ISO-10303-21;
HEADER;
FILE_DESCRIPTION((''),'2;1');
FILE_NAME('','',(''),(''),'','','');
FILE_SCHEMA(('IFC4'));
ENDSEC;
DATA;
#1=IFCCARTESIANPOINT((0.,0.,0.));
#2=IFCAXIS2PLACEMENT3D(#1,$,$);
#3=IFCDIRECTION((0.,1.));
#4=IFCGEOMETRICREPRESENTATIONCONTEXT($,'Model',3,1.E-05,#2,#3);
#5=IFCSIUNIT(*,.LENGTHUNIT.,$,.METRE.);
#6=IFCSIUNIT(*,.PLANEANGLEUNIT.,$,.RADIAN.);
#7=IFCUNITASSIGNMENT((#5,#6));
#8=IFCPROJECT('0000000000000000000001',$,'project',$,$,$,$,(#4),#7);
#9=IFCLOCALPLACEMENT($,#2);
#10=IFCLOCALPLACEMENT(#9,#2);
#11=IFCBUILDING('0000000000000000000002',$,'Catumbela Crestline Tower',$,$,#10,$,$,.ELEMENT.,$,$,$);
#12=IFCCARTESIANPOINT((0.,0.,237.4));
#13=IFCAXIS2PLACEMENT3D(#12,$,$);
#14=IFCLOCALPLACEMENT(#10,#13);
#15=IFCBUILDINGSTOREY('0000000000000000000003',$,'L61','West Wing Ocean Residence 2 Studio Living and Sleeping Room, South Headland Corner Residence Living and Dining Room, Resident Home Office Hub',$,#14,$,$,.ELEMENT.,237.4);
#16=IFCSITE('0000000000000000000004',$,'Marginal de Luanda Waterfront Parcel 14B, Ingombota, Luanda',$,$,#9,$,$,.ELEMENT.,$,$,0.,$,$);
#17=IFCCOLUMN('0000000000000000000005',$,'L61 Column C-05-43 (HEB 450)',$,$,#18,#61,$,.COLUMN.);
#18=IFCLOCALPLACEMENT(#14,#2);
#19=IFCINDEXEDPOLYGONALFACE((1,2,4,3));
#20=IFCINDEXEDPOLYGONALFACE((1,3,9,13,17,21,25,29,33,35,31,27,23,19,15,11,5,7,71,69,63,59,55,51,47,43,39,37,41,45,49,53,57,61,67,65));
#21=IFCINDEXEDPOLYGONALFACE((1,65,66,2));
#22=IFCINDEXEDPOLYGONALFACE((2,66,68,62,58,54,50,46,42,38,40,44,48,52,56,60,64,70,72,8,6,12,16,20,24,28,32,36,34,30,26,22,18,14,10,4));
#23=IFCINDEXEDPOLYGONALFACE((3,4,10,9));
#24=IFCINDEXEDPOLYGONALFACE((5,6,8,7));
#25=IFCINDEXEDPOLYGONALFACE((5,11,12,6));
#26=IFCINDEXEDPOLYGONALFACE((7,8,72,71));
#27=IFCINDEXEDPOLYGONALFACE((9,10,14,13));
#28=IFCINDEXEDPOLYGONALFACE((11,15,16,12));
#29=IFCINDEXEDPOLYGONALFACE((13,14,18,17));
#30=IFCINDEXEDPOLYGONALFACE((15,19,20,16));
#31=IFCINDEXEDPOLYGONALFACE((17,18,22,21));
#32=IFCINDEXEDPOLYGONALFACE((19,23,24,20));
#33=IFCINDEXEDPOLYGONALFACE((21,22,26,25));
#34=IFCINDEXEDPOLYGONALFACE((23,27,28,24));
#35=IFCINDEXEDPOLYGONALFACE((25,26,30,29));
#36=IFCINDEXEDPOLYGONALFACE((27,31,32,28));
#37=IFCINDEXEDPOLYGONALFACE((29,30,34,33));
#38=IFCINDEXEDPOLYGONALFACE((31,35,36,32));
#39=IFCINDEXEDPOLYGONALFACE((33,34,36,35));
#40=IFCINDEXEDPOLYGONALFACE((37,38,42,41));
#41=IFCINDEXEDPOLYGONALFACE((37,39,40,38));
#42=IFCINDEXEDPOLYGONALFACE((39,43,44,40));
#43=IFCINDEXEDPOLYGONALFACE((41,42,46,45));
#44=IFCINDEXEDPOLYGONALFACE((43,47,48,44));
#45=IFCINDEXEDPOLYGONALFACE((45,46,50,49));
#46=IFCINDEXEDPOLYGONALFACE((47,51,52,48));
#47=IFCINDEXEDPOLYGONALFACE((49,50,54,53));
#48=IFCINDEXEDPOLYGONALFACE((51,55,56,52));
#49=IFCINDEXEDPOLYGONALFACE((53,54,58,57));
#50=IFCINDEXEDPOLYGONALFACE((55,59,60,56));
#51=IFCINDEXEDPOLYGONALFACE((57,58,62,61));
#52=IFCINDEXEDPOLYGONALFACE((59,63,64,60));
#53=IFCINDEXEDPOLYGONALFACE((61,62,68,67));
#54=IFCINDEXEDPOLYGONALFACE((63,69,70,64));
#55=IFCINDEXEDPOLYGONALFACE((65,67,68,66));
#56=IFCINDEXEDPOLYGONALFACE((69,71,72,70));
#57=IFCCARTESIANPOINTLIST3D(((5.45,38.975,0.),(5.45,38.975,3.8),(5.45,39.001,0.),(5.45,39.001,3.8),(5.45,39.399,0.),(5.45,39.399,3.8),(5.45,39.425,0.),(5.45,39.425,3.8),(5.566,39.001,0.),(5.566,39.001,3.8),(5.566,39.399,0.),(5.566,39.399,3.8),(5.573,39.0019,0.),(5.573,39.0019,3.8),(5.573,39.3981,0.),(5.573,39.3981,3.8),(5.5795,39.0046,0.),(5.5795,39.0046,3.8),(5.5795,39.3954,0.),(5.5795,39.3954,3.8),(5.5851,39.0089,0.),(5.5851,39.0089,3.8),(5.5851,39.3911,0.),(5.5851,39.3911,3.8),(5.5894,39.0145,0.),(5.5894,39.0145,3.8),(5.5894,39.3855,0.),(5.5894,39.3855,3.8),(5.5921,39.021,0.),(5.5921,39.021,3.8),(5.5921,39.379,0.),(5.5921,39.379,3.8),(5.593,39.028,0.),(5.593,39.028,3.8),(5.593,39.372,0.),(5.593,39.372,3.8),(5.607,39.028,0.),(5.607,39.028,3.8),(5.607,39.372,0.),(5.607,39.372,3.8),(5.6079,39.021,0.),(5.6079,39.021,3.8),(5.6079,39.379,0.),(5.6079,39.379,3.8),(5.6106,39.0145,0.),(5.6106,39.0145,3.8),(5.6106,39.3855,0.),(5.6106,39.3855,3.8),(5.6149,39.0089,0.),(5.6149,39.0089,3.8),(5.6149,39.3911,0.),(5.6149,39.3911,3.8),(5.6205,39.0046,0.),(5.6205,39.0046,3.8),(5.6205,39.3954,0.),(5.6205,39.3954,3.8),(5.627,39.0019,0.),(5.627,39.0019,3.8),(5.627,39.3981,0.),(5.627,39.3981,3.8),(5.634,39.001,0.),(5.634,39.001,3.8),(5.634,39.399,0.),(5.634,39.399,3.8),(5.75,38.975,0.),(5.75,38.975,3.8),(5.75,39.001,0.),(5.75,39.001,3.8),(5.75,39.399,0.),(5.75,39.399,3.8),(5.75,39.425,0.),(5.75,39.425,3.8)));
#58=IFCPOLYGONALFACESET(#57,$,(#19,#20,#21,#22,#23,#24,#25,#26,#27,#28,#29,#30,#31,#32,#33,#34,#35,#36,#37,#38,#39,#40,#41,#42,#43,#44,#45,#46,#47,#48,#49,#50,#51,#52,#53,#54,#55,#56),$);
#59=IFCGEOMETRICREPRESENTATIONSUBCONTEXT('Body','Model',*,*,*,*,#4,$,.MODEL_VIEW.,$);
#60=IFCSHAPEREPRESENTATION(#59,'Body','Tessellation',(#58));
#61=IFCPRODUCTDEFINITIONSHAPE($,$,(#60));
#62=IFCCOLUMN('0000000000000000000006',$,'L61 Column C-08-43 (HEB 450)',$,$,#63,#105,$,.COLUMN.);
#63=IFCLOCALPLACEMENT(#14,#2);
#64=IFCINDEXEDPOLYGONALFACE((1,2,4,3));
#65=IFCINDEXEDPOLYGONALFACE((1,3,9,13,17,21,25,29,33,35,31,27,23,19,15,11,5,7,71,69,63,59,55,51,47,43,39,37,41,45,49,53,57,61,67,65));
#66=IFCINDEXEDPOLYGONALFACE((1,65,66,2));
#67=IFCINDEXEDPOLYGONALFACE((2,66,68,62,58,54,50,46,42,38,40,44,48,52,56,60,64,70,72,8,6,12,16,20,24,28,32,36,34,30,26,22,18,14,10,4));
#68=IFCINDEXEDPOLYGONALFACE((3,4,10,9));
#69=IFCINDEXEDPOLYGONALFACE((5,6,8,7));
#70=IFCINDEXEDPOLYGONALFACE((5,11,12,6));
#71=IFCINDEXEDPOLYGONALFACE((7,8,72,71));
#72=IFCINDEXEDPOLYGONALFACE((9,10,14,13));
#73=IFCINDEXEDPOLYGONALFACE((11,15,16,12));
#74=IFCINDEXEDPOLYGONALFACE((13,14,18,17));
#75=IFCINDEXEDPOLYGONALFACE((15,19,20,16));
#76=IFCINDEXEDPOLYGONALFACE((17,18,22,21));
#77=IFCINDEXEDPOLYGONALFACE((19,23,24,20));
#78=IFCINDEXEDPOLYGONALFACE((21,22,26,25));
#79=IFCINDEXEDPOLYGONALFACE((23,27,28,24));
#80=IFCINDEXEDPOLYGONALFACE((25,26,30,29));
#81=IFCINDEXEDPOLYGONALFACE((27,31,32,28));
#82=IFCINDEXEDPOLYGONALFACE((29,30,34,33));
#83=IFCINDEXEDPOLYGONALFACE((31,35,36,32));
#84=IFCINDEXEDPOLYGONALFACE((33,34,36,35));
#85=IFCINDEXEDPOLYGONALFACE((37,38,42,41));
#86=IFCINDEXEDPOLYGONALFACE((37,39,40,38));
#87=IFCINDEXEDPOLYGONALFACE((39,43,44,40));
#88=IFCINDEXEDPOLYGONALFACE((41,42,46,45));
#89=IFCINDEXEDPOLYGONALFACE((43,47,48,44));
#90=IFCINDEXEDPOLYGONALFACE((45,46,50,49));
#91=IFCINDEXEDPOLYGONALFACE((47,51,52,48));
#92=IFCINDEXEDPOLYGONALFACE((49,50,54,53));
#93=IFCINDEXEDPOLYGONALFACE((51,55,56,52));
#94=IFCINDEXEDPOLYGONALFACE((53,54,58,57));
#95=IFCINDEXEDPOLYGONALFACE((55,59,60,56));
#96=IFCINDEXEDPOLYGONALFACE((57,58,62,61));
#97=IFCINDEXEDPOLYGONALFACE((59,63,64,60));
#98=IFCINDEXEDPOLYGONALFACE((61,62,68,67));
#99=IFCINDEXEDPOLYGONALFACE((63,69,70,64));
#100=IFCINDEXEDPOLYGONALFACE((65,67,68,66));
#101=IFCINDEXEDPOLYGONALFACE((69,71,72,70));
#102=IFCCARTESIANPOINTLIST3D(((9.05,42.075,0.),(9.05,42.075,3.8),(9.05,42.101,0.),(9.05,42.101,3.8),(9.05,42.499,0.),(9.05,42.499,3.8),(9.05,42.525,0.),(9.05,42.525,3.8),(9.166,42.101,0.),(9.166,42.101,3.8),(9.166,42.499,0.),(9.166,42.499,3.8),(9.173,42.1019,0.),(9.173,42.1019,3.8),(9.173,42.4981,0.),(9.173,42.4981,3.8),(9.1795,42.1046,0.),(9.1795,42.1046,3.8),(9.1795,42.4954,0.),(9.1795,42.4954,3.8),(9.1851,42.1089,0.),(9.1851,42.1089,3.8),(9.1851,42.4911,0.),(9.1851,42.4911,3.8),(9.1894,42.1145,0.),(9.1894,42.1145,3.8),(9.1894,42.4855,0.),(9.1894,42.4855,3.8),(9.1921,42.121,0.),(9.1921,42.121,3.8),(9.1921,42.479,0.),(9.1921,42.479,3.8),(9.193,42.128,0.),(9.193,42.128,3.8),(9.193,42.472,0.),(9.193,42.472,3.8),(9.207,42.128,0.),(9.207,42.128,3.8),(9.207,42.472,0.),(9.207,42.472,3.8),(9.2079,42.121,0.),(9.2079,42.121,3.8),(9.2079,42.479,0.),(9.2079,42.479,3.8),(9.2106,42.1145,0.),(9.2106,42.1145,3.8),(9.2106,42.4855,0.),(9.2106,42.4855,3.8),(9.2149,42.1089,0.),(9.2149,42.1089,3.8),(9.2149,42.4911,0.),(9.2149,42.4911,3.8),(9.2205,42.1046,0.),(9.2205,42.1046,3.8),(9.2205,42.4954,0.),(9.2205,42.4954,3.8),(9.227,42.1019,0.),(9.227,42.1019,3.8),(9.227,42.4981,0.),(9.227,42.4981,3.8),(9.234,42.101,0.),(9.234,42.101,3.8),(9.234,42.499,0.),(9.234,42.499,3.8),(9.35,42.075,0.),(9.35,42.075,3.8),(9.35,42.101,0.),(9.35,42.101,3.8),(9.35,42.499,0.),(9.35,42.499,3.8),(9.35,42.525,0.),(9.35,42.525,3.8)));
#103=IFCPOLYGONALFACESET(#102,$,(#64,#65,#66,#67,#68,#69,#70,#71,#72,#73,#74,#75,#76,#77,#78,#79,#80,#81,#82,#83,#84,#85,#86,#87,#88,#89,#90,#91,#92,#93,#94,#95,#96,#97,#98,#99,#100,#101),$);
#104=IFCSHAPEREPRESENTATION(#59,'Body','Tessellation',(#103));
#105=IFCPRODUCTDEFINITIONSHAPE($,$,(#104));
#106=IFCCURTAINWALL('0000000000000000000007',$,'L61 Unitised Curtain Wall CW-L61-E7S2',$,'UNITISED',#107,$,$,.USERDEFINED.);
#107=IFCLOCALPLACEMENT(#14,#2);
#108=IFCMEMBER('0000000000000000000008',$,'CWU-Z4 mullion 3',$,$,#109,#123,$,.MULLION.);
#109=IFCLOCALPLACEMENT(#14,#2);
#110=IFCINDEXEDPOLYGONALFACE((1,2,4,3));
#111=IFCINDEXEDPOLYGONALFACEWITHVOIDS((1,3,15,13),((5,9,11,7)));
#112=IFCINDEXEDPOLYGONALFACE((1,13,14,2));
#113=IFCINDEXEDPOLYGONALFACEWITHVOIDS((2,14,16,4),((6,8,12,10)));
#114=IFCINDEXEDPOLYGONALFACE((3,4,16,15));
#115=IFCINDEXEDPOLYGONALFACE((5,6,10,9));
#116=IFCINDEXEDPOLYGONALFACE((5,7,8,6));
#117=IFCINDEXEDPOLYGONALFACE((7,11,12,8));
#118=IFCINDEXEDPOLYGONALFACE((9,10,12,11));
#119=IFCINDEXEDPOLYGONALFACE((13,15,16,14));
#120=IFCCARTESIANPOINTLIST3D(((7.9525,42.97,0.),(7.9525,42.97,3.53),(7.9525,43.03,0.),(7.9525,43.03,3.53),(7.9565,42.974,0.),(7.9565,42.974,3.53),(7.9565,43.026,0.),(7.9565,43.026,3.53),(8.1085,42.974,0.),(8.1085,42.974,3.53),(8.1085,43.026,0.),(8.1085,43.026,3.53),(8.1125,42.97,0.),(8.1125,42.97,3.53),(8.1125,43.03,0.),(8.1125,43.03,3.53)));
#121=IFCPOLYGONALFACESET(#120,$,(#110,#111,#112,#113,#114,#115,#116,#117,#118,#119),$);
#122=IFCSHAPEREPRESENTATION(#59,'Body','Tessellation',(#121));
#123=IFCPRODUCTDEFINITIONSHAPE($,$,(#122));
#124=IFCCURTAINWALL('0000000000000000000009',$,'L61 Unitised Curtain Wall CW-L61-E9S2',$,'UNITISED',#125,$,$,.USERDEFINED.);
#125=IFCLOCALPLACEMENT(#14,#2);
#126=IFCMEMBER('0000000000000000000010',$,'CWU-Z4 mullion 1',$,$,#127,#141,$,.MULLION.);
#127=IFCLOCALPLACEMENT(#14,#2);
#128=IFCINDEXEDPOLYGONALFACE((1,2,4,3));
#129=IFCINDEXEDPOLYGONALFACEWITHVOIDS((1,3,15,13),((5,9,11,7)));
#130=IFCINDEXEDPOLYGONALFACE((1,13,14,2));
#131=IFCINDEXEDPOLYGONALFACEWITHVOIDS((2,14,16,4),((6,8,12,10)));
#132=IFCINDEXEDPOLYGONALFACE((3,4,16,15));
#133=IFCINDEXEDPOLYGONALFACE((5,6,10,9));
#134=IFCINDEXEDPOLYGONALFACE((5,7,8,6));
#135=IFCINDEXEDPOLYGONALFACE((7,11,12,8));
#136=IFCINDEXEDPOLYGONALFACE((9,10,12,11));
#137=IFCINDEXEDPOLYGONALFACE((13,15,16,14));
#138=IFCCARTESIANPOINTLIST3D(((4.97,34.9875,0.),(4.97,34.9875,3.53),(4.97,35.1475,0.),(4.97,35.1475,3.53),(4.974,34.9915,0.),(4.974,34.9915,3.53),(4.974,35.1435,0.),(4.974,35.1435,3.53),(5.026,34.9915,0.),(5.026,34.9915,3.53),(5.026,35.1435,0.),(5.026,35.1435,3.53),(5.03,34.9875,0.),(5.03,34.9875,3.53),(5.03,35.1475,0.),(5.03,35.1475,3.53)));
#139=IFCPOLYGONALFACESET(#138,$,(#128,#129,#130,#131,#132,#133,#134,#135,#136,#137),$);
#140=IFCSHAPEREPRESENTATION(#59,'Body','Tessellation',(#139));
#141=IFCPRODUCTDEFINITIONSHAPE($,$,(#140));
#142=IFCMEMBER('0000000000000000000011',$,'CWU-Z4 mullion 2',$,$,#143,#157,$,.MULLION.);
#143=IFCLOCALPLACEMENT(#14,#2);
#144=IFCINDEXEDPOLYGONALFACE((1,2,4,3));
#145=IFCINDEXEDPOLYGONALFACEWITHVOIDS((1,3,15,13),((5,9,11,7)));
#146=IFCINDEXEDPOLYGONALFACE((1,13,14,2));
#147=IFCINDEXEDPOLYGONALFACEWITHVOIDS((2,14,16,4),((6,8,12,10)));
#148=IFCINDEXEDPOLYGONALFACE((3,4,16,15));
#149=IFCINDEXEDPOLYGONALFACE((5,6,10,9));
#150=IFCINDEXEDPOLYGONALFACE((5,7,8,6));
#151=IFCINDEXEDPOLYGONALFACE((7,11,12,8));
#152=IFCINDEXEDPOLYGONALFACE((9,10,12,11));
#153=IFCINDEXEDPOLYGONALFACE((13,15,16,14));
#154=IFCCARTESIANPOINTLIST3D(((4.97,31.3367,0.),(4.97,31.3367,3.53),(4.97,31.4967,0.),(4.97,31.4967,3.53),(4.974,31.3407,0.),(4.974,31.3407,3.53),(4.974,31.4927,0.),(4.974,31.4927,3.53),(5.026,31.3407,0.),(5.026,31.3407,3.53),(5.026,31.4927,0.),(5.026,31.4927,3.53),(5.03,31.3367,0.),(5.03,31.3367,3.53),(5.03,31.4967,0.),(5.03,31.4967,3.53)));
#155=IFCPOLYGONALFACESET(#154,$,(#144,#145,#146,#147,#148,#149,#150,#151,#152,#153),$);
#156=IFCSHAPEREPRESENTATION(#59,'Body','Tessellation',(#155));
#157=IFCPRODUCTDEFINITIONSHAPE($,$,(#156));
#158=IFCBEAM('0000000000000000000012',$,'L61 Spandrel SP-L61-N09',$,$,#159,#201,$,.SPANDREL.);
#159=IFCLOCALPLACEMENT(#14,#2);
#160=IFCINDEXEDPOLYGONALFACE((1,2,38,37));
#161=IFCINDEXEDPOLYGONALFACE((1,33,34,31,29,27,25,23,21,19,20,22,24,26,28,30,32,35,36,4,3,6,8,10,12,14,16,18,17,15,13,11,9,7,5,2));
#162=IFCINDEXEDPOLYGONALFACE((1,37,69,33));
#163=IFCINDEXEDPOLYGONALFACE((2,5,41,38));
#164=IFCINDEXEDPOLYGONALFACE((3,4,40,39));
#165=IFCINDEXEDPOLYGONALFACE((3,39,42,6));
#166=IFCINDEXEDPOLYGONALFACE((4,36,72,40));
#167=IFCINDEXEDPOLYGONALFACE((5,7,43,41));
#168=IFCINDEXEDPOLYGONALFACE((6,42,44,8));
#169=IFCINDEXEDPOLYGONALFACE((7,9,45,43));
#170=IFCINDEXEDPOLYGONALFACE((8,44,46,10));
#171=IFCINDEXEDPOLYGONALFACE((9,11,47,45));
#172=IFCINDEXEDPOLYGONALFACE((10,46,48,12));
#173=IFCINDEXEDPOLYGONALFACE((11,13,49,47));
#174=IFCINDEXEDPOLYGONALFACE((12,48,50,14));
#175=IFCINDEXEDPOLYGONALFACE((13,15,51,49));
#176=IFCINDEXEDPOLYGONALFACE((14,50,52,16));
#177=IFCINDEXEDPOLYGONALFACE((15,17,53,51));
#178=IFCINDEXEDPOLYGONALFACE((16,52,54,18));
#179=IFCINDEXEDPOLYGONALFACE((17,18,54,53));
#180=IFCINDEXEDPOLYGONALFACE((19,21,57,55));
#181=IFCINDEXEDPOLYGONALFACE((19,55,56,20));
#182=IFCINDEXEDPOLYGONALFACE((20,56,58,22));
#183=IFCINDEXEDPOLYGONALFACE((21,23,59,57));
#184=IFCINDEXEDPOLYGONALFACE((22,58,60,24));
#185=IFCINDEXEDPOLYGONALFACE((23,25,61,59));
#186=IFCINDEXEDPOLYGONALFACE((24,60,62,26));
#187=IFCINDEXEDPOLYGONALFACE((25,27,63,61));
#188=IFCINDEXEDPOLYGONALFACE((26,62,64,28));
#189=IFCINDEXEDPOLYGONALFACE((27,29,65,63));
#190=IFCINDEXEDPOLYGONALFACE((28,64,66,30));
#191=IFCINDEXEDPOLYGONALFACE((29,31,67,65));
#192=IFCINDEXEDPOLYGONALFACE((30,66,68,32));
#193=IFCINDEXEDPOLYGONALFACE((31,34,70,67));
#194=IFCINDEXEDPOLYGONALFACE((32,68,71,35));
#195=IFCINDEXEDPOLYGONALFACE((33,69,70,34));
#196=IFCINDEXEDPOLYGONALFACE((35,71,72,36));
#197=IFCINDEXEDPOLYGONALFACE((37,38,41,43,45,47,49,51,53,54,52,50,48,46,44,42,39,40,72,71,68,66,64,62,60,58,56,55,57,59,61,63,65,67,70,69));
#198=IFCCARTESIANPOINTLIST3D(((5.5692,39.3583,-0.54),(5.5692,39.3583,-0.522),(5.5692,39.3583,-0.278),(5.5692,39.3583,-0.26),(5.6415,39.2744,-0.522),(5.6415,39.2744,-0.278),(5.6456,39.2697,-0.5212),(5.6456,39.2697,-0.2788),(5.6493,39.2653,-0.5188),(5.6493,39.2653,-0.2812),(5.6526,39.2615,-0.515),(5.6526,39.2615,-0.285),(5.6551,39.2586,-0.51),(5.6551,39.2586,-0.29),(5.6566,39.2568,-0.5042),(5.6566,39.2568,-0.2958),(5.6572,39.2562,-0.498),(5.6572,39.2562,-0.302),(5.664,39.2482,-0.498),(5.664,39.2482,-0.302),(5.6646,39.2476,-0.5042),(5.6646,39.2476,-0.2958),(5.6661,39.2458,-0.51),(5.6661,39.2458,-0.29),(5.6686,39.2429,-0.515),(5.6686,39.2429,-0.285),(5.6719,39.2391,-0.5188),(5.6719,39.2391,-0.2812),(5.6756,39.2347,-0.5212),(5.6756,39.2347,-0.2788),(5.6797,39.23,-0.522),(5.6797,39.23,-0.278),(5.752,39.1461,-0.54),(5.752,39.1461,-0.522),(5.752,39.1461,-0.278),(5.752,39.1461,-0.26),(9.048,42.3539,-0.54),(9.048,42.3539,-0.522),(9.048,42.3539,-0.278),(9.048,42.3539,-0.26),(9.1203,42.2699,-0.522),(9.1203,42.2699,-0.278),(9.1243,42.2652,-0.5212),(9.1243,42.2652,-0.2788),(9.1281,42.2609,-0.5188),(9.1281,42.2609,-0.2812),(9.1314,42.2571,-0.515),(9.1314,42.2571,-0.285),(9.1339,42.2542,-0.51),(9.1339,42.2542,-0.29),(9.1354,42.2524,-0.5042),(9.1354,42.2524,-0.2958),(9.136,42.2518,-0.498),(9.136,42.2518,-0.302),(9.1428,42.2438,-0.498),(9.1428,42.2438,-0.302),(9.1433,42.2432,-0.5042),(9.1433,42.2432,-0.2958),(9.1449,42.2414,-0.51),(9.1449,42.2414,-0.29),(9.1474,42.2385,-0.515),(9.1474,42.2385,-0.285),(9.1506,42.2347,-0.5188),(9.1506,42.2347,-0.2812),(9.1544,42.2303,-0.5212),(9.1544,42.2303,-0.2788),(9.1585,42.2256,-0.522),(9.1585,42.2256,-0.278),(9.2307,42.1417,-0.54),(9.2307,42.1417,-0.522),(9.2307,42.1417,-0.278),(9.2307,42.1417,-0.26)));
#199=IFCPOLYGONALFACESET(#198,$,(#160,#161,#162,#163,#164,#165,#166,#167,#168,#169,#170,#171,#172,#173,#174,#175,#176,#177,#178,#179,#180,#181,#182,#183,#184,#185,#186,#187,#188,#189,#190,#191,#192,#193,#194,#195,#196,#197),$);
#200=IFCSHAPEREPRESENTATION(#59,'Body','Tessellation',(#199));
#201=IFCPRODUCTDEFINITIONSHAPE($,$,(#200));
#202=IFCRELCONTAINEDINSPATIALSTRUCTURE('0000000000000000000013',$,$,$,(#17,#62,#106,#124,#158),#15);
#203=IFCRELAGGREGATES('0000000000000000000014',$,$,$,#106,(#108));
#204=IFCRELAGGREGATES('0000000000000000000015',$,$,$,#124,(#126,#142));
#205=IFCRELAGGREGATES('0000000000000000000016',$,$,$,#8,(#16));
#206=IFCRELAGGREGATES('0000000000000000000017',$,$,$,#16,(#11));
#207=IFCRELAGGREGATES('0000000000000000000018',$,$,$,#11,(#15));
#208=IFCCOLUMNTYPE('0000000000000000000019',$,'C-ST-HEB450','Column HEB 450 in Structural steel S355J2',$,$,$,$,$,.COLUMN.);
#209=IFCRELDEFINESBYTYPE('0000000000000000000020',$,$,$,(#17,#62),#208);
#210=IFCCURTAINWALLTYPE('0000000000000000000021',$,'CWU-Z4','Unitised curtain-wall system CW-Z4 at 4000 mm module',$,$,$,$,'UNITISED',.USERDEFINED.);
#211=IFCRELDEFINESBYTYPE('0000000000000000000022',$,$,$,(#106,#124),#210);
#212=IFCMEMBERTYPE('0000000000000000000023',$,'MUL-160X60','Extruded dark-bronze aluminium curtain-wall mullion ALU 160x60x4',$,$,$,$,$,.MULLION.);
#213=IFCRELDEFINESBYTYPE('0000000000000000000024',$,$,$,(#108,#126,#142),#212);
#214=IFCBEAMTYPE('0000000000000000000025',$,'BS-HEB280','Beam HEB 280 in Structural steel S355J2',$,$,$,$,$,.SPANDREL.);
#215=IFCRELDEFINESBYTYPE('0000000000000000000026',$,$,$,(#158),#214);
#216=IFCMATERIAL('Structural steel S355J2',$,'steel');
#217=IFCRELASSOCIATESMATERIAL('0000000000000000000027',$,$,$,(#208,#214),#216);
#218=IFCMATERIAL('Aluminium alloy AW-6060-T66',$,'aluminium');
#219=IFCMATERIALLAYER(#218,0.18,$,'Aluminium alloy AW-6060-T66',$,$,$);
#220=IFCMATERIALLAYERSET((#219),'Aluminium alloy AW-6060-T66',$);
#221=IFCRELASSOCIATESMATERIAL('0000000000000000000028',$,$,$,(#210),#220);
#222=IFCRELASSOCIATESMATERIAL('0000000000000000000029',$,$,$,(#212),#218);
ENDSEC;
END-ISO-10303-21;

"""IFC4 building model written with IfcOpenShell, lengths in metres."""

from ifc_helpers import new_model, si_unit, direction, frame, origin, origin_2d, place, context, subcontext, project, spatial, hollow_rectangle, i_section, extrude, material, layer, layer_set, material_profile, profile_set, type_object, element, aggregate, save


model = new_model("IFC4")

# Units and contexts
model_context = context("Model", 3, precision=1e-05, world=origin(), true_north=direction((0.0, 1.0)))
body_context = subcontext(model_context, "Body", "Model", "MODEL_VIEW")
ifc_project = project(units=[si_unit("LENGTHUNIT", "METRE"), si_unit("PLANEANGLEUNIT", "RADIAN")], contexts=[model_context])

# Site, building, storey
site_placement = place(None, origin())
site = spatial("IfcSite", under=ifc_project, at=site_placement, Name="Marginal de Luanda Waterfront Parcel 14B, Ingombota, Luanda", CompositionType="ELEMENT", RefElevation=0.0)
building_placement = place(site_placement, origin())
building = spatial("IfcBuilding", under=site, at=building_placement, Name="Catumbela Crestline Tower", CompositionType="ELEMENT")
storey_placement = place(building_placement, frame((0.0, 0.0, 237.4)))
storey = spatial("IfcBuildingStorey", under=building, at=storey_placement, Name="L61", Description="West Wing Ocean Residence 2 Studio Living and Sleeping Room, South Headland Corner Residence Living and Dining Room, Resident Home Office Hub", CompositionType="ELEMENT", Elevation=237.4)

# Columns
ifc_material_1 = material(Name="Structural steel S355J2", Category="steel")
ifc_material_profile_1 = material_profile(ifc_material_1, i_section(OverallWidth=0.3, OverallDepth=0.45, WebThickness=0.014, FlangeThickness=0.026, FilletRadius=0.027, at=origin_2d()), Name="HEB 450")
ifc_profile_set_1 = profile_set([ifc_material_profile_1], Name="Structural steel S355J2")
column_type = type_object("IfcColumnType", Name="C-ST-HEB450", Description="Column HEB 450 in Structural steel S355J2", PredefinedType="COLUMN", material=ifc_profile_set_1)
for number, where, z_axis, x_axis, name in (
    (1, (5.6, 39.2, 0.0), (0.0, 0.0, 1.0), (1.0, 0.0, 0.0), "L61 Column C-05-43 (HEB 450)"),
    (2, (9.2, 42.3, 0.0), (0.0, 0.0, 1.0), (1.0, 0.0, 0.0), "L61 Column C-08-43 (HEB 450)"),
):
    element("IfcColumn", number, at=place(storey_placement, frame(where, z_axis=z_axis, x_axis=x_axis)), inside=storey, type_object=column_type, Name=name, PredefinedType="COLUMN", context=body_context, shape_type="SweptSolid", body=[
        extrude(i_section(OverallWidth=0.3, OverallDepth=0.45, WebThickness=0.014, FlangeThickness=0.026, FilletRadius=0.027, at=origin_2d()), origin(), (0.0, 0.0, 1.0), 3.8),
    ])

# Curtain wall, member
ifc_material_2 = material(Name="Aluminium alloy AW-6060-T66", Category="aluminium")
ifc_layer_1 = layer(ifc_material_2, 0.18, Name="Aluminium alloy AW-6060-T66")
ifc_layer_set_1 = layer_set([ifc_layer_1], Name="Aluminium alloy AW-6060-T66")
curtain_wall_type = type_object("IfcCurtainWallType", Name="CWU-Z4", Description="Unitised curtain-wall system CW-Z4 at 4000 mm module", ElementType="UNITISED", PredefinedType="USERDEFINED", material=ifc_layer_set_1)
curtain_wall_1_placement = place(storey_placement, origin())
curtain_wall_1 = element("IfcCurtainWall", 3, at=curtain_wall_1_placement, inside=storey, type_object=curtain_wall_type, Name="L61 Unitised Curtain Wall CW-L61-E7S2", ObjectType="UNITISED", PredefinedType="USERDEFINED")
ifc_material_profile_2 = material_profile(ifc_material_2, hollow_rectangle(XDim=0.06, YDim=0.16, WallThickness=0.004, at=origin_2d()), Name="ALU 160x60x4")
ifc_profile_set_2 = profile_set([ifc_material_profile_2], Name="Aluminium alloy AW-6060-T66")
member_type_1 = type_object("IfcMemberType", Name="MUL-160X60", Description="Extruded dark-bronze aluminium curtain-wall mullion ALU 160x60x4", PredefinedType="MULLION", material=ifc_profile_set_2)
member_1_placement = place(storey_placement, frame((8.0325, 43.0, 0.0), z_axis=(0.0, 0.0, 1.0), x_axis=(0.0, -1.0, 0.0)))
member_1 = element("IfcMember", 4, at=member_1_placement, type_object=member_type_1, Name="CWU-Z4 mullion 3", PredefinedType="MULLION", context=body_context, shape_type="SweptSolid", body=[
    extrude(hollow_rectangle(XDim=0.06, YDim=0.16, WallThickness=0.004, at=origin_2d()), origin(), (0.0, 0.0, 1.0), 3.53),
])

# Curtain wall, members
curtain_wall_2_placement = place(storey_placement, origin())
curtain_wall_2 = element("IfcCurtainWall", 5, at=curtain_wall_2_placement, inside=storey, type_object=curtain_wall_type, Name="L61 Unitised Curtain Wall CW-L61-E9S2", ObjectType="UNITISED", PredefinedType="USERDEFINED")
member_2_placement = place(storey_placement, frame((5.0, 35.0675, 0.0), z_axis=(0.0, 0.0, 1.0), x_axis=(1.0, 0.0, 0.0)))
member_2 = element("IfcMember", 6, at=member_2_placement, type_object=member_type_1, Name="CWU-Z4 mullion 1", PredefinedType="MULLION", context=body_context, shape_type="SweptSolid", body=[
    extrude(hollow_rectangle(XDim=0.06, YDim=0.16, WallThickness=0.004, at=origin_2d()), origin(), (0.0, 0.0, 1.0), 3.53),
])
member_3_placement = place(storey_placement, frame((5.0, 31.4167, 0.0), z_axis=(0.0, 0.0, 1.0), x_axis=(1.0, 0.0, 0.0)))
member_3 = element("IfcMember", 7, at=member_3_placement, type_object=member_type_1, Name="CWU-Z4 mullion 2", PredefinedType="MULLION", context=body_context, shape_type="SweptSolid", body=[
    extrude(hollow_rectangle(XDim=0.06, YDim=0.16, WallThickness=0.004, at=origin_2d()), origin(), (0.0, 0.0, 1.0), 3.53),
])

# Beam
ifc_material_profile_3 = material_profile(ifc_material_1, i_section(OverallWidth=0.28, OverallDepth=0.28, WebThickness=0.0105, FlangeThickness=0.018, FilletRadius=0.024, at=origin_2d()), Name="HEB 280")
ifc_profile_set_3 = profile_set([ifc_material_profile_3], Name="Structural steel S355J2")
beam_type = type_object("IfcBeamType", Name="BS-HEB280", Description="Beam HEB 280 in Structural steel S355J2", PredefinedType="SPANDREL", material=ifc_profile_set_3)
beam_placement = place(storey_placement, frame((5.6606, 39.2522, -0.4), z_axis=(0.757772, 0.652519, 0.0), x_axis=(-0.652519, 0.757772, 0.0)))
element("IfcBeam", 8, at=beam_placement, inside=storey, type_object=beam_type, Name="L61 Spandrel SP-L61-N09", PredefinedType="SPANDREL", context=body_context, shape_type="SweptSolid", body=[
    extrude(i_section(OverallWidth=0.28, OverallDepth=0.28, WebThickness=0.0105, FlangeThickness=0.018, FilletRadius=0.024, at=origin_2d()), origin(), (0.0, 0.0, 1.0), 4.5908),
])

aggregate(curtain_wall_1, [member_1])
aggregate(curtain_wall_2, [member_2, member_3])

save(model, "model.ifc")
